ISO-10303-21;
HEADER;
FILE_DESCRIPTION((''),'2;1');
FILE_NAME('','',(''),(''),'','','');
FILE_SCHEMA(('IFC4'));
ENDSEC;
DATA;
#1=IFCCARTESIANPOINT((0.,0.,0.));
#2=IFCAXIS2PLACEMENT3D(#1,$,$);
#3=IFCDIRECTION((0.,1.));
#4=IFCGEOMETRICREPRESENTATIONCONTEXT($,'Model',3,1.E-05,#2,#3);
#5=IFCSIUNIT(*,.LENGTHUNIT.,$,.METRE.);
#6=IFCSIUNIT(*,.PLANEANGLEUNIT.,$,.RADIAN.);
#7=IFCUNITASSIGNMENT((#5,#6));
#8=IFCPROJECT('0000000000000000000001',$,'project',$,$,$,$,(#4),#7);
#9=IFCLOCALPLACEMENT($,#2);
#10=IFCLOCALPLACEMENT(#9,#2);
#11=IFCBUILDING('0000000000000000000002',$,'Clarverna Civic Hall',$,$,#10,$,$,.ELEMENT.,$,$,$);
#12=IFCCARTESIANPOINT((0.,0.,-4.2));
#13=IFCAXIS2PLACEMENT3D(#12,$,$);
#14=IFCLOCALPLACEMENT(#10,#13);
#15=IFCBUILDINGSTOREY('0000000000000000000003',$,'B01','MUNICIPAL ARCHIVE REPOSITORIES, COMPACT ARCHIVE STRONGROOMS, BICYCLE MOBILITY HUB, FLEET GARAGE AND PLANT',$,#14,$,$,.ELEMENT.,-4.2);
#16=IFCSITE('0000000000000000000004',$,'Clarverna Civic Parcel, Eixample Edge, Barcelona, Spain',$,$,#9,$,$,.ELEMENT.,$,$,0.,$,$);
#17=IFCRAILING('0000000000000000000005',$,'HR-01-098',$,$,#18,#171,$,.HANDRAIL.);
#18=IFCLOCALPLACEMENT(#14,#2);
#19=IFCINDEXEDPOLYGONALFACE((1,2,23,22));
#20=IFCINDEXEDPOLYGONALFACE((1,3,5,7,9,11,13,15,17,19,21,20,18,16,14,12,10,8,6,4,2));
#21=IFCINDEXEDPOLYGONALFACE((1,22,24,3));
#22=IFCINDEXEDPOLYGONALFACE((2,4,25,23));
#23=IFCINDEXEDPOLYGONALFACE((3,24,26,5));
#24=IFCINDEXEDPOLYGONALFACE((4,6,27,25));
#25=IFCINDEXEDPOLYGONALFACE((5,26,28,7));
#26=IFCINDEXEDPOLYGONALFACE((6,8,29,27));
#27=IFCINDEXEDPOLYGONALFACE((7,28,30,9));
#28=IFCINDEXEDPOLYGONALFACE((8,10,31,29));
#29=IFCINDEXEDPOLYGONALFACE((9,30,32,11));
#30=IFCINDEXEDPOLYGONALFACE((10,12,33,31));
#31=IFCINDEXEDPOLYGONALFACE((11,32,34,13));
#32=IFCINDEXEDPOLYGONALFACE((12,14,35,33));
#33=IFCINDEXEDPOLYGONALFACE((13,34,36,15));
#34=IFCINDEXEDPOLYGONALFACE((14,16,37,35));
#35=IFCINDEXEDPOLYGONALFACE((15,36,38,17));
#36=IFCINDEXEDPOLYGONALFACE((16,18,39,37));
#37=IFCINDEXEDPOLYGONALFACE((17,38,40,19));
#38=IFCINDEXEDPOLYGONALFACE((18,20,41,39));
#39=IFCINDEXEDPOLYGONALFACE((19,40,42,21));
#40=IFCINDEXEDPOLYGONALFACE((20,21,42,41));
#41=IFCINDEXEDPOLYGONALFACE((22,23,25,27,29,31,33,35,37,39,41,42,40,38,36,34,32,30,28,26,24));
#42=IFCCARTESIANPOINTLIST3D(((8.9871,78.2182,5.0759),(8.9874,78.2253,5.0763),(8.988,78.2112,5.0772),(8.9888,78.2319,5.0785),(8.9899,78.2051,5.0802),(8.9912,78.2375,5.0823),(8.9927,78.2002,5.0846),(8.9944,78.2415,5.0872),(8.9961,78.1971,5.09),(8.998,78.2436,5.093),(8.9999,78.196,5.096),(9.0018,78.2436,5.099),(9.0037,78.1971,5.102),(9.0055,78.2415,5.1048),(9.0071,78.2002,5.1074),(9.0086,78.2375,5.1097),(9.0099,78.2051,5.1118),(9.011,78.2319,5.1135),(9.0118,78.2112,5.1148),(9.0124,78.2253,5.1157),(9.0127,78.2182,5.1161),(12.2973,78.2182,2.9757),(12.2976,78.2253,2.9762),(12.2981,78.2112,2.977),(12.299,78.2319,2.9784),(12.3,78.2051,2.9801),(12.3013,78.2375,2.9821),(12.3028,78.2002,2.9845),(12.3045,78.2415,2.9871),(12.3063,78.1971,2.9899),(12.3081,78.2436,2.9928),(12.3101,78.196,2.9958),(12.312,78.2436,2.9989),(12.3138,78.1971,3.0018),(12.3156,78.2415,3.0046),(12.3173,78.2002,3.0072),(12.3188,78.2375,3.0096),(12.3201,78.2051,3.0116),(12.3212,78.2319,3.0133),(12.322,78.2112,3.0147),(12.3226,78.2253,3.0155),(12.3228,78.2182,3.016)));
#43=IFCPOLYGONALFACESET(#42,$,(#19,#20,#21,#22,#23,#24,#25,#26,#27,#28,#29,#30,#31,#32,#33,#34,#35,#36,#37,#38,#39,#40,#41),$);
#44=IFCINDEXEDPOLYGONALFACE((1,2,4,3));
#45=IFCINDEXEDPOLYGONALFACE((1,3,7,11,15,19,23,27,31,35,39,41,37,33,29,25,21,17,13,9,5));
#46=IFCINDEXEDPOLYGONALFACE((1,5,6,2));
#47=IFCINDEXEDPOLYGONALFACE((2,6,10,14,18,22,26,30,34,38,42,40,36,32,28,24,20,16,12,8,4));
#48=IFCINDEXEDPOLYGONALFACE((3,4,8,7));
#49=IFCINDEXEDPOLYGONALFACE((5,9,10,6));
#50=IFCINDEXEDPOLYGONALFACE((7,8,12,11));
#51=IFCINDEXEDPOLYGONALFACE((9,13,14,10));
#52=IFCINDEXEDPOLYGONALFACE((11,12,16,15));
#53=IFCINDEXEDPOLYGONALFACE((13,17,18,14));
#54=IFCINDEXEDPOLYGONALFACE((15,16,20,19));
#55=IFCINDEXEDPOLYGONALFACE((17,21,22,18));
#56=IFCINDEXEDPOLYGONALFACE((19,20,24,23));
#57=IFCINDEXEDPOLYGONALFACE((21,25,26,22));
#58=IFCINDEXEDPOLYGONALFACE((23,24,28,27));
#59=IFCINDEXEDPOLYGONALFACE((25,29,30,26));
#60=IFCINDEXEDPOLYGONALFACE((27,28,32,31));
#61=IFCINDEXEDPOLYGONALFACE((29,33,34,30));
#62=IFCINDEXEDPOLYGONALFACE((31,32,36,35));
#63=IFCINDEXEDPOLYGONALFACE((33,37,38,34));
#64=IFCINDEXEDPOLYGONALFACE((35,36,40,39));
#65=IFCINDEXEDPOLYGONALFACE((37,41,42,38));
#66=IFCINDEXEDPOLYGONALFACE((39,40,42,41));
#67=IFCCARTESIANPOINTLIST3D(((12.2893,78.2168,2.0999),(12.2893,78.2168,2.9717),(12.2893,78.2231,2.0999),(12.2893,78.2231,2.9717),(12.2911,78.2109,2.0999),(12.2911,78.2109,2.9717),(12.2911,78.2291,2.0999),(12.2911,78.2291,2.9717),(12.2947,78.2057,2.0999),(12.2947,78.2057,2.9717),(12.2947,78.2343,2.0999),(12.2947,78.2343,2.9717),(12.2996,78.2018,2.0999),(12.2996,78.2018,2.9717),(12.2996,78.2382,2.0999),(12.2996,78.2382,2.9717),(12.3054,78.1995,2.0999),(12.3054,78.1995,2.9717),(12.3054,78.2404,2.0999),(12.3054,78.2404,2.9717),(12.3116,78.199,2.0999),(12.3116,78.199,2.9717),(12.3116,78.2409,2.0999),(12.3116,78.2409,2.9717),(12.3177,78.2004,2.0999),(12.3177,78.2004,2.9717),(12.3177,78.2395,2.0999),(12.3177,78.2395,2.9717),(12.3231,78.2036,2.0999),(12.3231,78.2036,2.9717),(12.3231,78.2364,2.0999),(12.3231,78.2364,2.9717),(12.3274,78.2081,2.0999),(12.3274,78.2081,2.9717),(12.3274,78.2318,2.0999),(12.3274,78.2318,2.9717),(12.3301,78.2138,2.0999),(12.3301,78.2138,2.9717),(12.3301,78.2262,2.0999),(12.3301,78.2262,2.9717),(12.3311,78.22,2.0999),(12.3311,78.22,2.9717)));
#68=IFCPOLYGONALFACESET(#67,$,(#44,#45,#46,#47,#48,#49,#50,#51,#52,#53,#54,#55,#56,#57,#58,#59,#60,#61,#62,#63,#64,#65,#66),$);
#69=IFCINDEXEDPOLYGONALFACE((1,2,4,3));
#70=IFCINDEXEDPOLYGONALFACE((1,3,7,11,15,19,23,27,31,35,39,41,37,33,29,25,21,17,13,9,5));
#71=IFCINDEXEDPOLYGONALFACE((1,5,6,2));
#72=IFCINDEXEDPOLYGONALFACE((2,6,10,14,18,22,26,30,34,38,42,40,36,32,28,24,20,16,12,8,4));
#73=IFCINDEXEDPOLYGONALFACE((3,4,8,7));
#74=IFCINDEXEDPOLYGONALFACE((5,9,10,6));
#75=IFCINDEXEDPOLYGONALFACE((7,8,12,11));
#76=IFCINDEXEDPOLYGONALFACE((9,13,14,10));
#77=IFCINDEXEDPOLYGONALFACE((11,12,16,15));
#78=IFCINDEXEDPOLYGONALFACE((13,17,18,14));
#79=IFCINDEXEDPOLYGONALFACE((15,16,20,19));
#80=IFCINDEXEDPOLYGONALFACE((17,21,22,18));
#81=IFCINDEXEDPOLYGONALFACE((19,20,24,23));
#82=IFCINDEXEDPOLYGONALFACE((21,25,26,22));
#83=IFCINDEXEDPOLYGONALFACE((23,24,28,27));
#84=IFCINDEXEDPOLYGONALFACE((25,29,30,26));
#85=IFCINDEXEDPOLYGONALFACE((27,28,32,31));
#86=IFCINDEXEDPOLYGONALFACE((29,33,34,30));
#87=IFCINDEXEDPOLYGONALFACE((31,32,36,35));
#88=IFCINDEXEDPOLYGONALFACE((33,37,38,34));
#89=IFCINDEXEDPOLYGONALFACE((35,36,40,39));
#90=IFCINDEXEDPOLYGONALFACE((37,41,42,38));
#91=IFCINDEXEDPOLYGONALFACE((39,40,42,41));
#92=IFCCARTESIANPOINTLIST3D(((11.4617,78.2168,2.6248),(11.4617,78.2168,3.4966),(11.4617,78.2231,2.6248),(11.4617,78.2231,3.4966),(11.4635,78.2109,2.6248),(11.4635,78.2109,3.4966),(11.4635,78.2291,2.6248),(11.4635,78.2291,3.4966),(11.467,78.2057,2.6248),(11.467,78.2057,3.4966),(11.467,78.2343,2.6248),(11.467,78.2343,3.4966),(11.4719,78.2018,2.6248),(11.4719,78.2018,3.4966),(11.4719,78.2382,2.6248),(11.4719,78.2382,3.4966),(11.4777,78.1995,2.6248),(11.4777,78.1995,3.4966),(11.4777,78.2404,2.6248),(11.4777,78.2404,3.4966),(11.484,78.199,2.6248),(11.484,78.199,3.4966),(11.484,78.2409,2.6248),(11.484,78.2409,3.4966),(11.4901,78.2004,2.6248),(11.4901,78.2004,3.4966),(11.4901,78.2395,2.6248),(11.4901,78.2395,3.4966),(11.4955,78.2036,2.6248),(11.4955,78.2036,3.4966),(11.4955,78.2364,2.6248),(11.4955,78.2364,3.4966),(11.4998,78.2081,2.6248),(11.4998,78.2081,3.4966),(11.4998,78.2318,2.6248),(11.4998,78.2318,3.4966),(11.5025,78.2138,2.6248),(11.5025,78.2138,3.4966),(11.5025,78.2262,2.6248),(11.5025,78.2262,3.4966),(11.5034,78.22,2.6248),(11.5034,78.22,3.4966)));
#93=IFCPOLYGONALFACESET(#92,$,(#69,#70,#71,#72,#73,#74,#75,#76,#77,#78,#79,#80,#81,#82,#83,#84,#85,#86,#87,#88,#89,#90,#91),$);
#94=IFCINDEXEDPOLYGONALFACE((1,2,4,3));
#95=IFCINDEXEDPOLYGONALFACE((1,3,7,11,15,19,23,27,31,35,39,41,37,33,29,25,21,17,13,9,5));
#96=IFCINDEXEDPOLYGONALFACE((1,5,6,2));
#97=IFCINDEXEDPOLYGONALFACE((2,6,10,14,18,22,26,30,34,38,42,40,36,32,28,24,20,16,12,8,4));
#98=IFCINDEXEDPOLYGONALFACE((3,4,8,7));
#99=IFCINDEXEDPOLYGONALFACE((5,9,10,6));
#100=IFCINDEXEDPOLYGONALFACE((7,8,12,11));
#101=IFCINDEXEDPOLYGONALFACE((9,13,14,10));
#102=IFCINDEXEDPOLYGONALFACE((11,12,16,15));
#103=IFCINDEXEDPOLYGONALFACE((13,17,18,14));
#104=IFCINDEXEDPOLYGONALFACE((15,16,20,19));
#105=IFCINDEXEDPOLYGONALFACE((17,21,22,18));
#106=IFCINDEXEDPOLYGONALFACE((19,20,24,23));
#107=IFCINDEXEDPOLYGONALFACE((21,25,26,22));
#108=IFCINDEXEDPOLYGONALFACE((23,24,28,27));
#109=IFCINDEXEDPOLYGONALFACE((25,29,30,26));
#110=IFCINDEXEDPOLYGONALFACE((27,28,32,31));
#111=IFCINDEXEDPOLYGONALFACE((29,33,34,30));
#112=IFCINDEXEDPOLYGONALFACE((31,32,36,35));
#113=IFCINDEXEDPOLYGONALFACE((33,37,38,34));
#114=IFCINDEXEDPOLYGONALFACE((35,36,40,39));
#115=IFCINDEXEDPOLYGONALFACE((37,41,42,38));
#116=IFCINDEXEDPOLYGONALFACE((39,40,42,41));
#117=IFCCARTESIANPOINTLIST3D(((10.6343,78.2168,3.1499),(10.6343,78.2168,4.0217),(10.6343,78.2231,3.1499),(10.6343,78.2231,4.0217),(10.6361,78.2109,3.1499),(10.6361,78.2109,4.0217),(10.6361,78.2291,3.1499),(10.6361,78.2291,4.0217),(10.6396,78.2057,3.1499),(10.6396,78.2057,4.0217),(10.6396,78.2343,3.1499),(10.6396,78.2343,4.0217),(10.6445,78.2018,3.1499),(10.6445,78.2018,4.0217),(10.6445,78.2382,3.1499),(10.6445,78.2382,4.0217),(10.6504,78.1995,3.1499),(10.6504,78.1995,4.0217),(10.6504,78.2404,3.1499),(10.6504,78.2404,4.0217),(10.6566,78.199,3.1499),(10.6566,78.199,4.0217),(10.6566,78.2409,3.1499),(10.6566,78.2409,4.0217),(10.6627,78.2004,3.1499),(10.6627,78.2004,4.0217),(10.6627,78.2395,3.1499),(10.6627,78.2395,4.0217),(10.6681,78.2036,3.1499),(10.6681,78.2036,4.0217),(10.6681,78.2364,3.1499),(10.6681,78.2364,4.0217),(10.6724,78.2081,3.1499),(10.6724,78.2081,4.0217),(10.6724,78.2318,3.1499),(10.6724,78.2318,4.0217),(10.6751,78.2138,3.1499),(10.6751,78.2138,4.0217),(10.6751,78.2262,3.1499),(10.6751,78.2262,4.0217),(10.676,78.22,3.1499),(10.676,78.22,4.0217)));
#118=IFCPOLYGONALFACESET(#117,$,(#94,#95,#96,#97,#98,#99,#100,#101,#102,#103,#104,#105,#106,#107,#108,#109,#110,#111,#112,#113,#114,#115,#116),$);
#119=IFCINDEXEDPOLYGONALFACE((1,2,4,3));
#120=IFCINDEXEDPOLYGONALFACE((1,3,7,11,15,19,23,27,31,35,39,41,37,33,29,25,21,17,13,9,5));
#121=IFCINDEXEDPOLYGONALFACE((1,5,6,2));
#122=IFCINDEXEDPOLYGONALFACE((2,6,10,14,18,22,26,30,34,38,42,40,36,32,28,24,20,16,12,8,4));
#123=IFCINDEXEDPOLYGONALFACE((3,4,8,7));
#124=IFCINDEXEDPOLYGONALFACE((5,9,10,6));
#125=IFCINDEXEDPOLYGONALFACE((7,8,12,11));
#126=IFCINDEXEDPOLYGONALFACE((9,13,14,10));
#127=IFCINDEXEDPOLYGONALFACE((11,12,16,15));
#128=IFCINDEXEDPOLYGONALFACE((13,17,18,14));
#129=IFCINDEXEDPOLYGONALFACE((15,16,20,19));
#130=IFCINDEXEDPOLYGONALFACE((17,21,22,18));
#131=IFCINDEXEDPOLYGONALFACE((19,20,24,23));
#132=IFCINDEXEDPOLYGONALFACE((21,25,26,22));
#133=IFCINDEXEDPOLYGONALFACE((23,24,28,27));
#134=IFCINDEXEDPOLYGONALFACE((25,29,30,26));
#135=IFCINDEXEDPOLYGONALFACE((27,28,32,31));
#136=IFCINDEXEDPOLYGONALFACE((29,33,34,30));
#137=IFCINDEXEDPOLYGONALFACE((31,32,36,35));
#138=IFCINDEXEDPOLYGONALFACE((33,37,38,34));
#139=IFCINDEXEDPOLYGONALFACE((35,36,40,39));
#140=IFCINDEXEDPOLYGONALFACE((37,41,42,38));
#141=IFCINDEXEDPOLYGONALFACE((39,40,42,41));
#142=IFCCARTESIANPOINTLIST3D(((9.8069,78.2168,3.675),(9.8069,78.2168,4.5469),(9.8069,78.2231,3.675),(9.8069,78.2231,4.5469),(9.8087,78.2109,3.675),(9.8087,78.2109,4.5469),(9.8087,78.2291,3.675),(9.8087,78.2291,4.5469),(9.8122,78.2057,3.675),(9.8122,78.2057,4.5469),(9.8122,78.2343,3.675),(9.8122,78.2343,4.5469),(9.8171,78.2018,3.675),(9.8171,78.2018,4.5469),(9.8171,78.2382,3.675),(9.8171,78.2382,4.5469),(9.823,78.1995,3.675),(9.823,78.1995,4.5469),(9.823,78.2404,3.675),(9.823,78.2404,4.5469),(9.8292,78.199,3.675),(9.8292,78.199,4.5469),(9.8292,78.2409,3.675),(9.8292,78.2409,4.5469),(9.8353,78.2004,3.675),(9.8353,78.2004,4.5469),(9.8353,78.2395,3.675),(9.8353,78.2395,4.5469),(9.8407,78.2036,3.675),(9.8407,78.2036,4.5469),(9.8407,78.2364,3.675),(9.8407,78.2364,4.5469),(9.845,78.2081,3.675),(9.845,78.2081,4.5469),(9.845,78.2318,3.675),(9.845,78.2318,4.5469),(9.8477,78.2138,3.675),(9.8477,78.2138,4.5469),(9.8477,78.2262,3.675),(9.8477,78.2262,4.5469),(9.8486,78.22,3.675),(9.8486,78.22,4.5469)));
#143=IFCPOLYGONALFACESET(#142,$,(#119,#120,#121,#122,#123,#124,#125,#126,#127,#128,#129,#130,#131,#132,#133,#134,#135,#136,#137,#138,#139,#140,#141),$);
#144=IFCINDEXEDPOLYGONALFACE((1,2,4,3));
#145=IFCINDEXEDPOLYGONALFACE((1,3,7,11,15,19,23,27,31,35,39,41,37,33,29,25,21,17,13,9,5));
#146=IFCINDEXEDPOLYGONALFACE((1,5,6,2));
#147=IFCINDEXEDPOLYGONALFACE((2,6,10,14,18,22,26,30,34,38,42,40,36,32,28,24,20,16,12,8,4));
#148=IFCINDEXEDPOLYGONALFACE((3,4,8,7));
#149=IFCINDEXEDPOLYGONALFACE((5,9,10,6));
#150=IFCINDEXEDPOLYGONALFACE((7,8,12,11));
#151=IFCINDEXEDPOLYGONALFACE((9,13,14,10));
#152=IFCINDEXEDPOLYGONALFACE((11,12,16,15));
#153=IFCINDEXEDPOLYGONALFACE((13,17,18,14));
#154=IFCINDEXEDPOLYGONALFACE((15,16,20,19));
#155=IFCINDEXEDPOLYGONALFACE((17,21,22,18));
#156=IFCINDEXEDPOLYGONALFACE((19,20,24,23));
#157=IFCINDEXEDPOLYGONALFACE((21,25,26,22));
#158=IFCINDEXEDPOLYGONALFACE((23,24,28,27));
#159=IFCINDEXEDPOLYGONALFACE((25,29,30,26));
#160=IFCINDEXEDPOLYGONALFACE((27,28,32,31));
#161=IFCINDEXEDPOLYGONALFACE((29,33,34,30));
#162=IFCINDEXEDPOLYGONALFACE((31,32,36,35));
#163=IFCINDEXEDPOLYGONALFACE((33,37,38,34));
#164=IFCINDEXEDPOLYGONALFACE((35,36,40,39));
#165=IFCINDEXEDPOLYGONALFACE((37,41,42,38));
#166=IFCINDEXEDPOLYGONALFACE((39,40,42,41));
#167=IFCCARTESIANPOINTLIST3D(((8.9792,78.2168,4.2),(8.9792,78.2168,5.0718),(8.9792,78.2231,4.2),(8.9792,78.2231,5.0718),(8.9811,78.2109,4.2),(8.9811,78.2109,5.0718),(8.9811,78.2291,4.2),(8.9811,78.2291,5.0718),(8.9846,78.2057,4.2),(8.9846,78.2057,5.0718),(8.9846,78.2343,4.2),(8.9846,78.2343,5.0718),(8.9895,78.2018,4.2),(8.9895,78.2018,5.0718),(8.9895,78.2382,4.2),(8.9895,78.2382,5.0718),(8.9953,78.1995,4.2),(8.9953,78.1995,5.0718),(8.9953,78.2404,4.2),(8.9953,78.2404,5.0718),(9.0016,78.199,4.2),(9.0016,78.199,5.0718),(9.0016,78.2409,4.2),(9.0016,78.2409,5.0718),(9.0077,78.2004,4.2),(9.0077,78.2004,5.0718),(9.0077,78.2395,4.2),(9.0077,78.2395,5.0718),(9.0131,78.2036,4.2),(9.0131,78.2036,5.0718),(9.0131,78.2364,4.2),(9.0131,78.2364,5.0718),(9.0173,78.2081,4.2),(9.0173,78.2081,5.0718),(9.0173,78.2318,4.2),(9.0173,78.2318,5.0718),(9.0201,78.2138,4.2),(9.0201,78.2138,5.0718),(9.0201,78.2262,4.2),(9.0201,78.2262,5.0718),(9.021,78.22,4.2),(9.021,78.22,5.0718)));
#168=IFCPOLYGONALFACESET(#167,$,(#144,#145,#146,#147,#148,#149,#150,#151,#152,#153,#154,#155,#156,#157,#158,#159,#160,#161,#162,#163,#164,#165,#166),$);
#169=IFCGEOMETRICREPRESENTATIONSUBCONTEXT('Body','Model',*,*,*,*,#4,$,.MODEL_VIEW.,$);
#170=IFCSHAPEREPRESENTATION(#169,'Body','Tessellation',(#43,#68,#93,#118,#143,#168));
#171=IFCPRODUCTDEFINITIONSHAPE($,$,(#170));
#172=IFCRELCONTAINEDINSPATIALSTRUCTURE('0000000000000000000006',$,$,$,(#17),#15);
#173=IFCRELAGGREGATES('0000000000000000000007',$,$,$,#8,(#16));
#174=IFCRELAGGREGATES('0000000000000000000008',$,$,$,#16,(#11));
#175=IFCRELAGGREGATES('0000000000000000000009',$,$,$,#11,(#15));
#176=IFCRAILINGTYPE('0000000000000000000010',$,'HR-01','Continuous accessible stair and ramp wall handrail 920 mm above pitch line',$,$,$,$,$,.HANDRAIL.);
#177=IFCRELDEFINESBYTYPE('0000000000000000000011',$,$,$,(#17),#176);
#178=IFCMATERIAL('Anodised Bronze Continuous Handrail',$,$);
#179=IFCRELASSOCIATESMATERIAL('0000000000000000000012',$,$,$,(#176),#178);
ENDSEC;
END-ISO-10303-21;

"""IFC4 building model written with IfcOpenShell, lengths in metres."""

from ifc_helpers import new_model, si_unit, direction, frame, origin, origin_2d, place, context, subcontext, project, spatial, circle, extrude, material, type_object, element, save


model = new_model("IFC4")

# Units and contexts
model_context = context("Model", 3, precision=1e-05, world=origin(), true_north=direction((0.0, 1.0)))
body_context = subcontext(model_context, "Body", "Model", "MODEL_VIEW")
ifc_project = project(units=[si_unit("LENGTHUNIT", "METRE"), si_unit("PLANEANGLEUNIT", "RADIAN")], contexts=[model_context])

# Site, building, storey
site_placement = place(None, origin())
site = spatial("IfcSite", under=ifc_project, at=site_placement, Name="Clarverna Civic Parcel, Eixample Edge, Barcelona, Spain", CompositionType="ELEMENT", RefElevation=0.0)
building_placement = place(site_placement, origin())
building = spatial("IfcBuilding", under=site, at=building_placement, Name="Clarverna Civic Hall", CompositionType="ELEMENT")
storey_placement = place(building_placement, frame((0.0, 0.0, -4.2)))
storey = spatial("IfcBuildingStorey", under=building, at=storey_placement, Name="B01", Description="MUNICIPAL ARCHIVE REPOSITORIES, COMPACT ARCHIVE STRONGROOMS, BICYCLE MOBILITY HUB, FLEET GARAGE AND PLANT", CompositionType="ELEMENT", Elevation=-4.2)

# Railing
ifc_material_1 = material(Name="Anodised Bronze Continuous Handrail")
railing_type_1 = type_object("IfcRailingType", Name="HR-01", Description="Continuous accessible stair and ramp wall handrail 920 mm above pitch line", PredefinedType="HANDRAIL", material=ifc_material_1)
railing_1_placement = place(storey_placement, frame((12.3101, 78.22, 2.0999)))
element("IfcRailing", 1, at=railing_1_placement, inside=storey, type_object=railing_type_1, Name="HR-01-098", PredefinedType="HANDRAIL", context=body_context, shape_type="SweptSolid", body=[
    extrude(circle(Radius=0.0239, at=origin_2d()), frame((0.0, 0.0, 0.896), z_axis=(-0.844389, 0.0, 0.535731), x_axis=(0.0, -1.0, 0.0)), (0.0, 0.0, 1.0), 3.9202),
    extrude(circle(Radius=0.021, at=origin_2d()), origin(), (0.0, 0.0, 1.0), 0.8718),
    extrude(circle(Radius=0.021, at=origin_2d()), frame((-0.8276, 0.0, 0.5249)), (0.0, 0.0, 1.0), 0.8718),
    extrude(circle(Radius=0.021, at=origin_2d()), frame((-1.655, 0.0, 1.05)), (0.0, 0.0, 1.0), 0.8718),
    extrude(circle(Radius=0.021, at=origin_2d()), frame((-2.4824, 0.0, 1.5752)), (0.0, 0.0, 1.0), 0.8718),
    extrude(circle(Radius=0.021, at=origin_2d()), frame((-3.3101, 0.0, 2.1001)), (0.0, 0.0, 1.0), 0.8718),
])

save(model, "model.ifc")
